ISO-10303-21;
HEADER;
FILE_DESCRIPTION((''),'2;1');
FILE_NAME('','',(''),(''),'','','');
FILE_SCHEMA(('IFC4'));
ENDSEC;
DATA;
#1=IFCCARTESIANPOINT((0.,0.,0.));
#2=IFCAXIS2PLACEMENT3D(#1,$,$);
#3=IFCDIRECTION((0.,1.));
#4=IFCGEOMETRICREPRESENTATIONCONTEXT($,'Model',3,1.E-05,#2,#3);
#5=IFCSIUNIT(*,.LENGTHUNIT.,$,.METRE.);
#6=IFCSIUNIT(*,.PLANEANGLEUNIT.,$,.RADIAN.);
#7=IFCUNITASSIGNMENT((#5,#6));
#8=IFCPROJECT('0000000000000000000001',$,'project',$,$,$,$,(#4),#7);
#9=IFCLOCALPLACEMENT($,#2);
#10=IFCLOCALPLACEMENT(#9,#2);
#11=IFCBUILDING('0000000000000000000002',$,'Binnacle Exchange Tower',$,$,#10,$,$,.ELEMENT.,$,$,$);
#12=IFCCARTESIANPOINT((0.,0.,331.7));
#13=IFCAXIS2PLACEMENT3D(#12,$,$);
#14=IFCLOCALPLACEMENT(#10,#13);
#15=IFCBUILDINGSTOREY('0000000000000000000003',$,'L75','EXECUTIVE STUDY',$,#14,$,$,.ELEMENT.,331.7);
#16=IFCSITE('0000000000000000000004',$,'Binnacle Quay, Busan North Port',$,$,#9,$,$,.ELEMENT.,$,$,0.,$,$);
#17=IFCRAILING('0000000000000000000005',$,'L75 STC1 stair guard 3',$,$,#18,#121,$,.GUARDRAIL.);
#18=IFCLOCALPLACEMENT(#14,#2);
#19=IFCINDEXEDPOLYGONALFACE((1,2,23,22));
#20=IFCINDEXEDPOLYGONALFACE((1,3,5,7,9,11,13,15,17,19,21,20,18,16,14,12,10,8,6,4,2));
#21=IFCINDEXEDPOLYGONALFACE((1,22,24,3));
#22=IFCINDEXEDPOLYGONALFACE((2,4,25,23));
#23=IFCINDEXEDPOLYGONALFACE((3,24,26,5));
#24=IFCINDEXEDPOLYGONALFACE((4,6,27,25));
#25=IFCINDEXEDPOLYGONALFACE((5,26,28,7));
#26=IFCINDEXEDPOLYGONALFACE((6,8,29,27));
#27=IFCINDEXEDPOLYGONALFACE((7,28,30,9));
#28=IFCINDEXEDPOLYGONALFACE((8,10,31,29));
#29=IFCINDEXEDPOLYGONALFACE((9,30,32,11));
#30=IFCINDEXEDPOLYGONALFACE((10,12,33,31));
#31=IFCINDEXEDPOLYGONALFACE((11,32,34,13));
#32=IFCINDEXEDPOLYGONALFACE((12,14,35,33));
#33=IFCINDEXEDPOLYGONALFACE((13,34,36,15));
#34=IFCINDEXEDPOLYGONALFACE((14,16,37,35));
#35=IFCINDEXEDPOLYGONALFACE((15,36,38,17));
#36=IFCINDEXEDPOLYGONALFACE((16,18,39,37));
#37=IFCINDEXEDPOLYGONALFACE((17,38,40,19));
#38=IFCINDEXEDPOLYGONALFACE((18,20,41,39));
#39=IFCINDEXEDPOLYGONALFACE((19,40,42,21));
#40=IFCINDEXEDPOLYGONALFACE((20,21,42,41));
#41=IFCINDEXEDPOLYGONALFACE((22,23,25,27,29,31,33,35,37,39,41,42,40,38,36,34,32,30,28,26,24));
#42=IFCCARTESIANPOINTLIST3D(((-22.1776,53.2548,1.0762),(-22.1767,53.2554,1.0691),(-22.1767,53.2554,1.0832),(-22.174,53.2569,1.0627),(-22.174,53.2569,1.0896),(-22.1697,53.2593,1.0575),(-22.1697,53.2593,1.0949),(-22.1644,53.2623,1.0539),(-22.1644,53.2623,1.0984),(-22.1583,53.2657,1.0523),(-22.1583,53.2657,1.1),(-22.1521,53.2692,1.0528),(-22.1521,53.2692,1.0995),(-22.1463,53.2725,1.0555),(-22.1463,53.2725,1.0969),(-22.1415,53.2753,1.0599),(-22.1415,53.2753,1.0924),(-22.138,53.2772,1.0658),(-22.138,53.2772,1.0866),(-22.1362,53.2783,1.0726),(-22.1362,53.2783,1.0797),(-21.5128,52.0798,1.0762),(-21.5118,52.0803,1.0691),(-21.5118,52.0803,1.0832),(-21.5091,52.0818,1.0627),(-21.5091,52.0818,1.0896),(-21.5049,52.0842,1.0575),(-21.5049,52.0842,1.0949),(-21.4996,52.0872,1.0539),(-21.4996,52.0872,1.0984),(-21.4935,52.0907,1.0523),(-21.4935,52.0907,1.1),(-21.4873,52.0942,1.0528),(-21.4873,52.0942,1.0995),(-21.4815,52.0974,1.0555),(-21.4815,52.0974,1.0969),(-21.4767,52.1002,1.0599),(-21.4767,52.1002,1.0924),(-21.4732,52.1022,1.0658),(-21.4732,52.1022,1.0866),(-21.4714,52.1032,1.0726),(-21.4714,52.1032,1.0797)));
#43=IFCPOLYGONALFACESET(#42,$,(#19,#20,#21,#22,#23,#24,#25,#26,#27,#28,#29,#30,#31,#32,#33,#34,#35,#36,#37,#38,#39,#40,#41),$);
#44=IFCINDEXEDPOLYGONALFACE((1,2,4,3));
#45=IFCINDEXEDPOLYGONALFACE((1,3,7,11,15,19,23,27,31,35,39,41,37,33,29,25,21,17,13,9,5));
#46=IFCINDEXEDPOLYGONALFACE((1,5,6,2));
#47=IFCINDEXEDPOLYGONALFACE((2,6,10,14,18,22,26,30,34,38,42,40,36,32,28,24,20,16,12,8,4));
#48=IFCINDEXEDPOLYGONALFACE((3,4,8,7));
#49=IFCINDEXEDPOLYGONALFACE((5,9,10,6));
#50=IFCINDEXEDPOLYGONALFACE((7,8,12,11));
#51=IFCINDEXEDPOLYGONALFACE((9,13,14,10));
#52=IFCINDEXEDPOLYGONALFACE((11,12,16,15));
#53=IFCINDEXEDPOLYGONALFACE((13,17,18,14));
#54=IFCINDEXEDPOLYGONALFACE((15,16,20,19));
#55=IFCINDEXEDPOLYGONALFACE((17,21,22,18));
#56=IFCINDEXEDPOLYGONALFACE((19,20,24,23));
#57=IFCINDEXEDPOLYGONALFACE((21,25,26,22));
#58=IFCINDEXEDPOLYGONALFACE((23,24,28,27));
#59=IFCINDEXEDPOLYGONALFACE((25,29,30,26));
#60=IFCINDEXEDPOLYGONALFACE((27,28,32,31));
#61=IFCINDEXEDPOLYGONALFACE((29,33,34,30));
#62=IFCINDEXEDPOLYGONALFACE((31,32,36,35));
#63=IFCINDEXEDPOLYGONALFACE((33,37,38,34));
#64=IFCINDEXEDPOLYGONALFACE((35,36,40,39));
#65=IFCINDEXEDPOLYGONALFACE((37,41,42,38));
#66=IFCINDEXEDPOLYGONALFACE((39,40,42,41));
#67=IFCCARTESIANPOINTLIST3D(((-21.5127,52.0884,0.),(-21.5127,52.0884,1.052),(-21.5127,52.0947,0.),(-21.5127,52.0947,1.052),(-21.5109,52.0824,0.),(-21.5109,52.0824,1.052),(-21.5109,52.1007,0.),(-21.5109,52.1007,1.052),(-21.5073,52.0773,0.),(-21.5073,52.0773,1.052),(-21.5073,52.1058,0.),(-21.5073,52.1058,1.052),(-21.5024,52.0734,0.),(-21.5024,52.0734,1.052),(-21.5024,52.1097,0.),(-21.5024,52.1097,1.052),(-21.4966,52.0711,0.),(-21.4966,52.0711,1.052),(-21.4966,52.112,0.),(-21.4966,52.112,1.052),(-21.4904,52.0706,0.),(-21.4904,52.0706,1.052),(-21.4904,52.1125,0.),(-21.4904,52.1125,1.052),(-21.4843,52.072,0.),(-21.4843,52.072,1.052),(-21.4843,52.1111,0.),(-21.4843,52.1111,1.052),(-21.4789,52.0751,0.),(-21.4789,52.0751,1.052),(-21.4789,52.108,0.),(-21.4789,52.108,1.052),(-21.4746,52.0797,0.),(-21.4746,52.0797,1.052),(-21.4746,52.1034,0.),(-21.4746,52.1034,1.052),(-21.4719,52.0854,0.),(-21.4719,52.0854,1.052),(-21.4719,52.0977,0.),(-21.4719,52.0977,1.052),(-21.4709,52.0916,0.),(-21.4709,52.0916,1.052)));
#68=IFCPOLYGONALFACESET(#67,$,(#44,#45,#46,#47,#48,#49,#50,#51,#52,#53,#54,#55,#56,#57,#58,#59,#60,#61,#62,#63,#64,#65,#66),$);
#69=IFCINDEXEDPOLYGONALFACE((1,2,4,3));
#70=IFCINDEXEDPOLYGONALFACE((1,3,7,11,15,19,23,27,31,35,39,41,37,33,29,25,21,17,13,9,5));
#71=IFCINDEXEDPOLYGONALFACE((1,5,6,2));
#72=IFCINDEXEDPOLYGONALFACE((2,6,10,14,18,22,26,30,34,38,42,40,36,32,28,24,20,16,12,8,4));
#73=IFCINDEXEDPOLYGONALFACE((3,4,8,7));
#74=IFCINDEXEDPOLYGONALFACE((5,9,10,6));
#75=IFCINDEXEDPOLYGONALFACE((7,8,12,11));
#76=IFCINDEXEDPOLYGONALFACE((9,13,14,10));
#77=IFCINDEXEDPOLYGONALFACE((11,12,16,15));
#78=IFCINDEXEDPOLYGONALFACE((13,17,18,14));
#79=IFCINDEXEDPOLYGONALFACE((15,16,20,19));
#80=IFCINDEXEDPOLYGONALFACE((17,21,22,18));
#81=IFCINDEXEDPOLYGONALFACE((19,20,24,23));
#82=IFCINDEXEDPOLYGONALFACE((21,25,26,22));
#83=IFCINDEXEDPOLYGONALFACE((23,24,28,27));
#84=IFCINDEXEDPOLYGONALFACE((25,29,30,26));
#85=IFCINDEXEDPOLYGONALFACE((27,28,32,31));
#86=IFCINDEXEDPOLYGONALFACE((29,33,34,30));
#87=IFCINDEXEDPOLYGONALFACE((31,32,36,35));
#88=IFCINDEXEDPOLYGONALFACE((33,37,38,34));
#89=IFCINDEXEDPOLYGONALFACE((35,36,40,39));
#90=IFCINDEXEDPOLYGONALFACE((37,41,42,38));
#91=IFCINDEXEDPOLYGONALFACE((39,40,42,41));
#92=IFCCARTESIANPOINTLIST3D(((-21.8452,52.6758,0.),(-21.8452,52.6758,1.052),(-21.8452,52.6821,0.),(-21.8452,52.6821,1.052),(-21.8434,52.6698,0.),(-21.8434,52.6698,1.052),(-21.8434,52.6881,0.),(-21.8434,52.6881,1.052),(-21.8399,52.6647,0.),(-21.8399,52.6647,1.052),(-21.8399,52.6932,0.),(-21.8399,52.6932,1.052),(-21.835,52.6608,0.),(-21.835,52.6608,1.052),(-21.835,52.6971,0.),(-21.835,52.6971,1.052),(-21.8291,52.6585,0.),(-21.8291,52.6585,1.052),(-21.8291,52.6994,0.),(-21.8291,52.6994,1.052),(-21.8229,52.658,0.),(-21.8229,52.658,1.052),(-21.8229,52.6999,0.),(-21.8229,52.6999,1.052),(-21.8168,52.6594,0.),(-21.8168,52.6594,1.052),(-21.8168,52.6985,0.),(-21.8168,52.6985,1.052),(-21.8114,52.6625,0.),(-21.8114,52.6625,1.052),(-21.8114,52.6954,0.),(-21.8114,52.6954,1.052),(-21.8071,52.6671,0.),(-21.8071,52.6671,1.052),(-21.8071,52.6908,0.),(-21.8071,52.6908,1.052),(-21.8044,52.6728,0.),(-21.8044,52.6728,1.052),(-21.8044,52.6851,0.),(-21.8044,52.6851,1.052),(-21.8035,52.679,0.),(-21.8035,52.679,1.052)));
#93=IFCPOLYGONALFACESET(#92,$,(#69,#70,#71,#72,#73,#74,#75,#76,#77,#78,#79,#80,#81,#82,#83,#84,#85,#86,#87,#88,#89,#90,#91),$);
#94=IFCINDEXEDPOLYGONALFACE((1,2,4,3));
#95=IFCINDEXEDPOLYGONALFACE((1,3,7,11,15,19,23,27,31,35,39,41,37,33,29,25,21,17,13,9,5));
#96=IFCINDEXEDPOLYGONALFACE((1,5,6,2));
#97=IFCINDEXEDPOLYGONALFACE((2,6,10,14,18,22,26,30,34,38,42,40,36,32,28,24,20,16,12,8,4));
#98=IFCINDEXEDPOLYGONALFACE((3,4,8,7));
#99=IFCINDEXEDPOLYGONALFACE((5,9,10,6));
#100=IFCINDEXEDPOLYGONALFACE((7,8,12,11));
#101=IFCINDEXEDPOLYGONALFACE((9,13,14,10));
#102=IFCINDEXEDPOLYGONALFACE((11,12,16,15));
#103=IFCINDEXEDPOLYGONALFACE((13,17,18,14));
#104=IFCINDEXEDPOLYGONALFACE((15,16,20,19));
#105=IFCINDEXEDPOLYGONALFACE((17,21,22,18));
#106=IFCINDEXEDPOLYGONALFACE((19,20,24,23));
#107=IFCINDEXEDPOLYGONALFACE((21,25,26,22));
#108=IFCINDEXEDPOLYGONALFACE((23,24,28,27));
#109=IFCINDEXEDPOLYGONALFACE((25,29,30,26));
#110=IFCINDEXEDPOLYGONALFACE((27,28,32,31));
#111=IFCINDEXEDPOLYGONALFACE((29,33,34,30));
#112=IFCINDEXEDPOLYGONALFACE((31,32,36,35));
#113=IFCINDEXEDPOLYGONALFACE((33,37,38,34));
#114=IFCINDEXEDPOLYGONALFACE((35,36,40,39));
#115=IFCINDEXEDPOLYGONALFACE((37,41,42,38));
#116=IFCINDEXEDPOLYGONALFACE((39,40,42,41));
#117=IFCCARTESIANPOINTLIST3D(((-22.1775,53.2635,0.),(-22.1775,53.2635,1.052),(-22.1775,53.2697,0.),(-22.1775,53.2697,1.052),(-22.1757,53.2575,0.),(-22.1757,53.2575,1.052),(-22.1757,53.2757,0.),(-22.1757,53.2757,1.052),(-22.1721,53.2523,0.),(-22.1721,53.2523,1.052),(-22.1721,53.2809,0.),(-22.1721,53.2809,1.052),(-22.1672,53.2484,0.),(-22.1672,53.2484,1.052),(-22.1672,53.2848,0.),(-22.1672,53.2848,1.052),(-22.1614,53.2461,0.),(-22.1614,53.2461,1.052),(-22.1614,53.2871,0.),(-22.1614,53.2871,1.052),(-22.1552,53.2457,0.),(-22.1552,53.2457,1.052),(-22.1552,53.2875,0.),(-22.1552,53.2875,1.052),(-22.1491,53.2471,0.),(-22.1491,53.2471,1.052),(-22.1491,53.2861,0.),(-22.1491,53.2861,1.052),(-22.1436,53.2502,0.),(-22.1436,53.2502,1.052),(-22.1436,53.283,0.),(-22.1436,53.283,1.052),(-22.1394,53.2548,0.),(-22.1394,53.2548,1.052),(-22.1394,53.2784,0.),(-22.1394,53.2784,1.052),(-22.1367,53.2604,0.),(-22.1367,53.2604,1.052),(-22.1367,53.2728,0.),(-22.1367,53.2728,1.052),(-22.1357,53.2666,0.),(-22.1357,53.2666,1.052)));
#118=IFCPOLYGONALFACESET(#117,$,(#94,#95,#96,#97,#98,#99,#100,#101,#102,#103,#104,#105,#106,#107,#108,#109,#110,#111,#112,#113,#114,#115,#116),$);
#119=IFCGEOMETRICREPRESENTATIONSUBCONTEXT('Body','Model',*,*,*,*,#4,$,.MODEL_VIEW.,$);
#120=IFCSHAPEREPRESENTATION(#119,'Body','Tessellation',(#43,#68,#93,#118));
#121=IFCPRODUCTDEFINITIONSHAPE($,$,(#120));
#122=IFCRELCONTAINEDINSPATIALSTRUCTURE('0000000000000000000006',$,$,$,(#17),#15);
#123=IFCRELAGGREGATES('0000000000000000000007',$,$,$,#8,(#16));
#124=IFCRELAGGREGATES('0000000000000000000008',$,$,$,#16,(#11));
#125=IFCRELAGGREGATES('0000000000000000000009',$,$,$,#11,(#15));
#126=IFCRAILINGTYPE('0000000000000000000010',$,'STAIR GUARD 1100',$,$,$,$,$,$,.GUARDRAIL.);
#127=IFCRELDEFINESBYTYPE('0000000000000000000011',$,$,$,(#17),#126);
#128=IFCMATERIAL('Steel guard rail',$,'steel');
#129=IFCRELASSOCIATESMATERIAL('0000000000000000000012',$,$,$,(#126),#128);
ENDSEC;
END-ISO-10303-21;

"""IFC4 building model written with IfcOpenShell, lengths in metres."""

from ifc_helpers import new_model, si_unit, direction, frame, origin, origin_2d, place, context, subcontext, project, spatial, circle, extrude, material, type_object, element, save


model = new_model("IFC4")

# Units and contexts
model_context = context("Model", 3, precision=1e-05, world=origin(), true_north=direction((0.0, 1.0)))
body_context = subcontext(model_context, "Body", "Model", "MODEL_VIEW")
ifc_project = project(units=[si_unit("LENGTHUNIT", "METRE"), si_unit("PLANEANGLEUNIT", "RADIAN")], contexts=[model_context])

# Site, building, storey
site_placement = place(None, origin())
site = spatial("IfcSite", under=ifc_project, at=site_placement, Name="Binnacle Quay, Busan North Port", CompositionType="ELEMENT", RefElevation=0.0)
building_placement = place(site_placement, origin())
building = spatial("IfcBuilding", under=site, at=building_placement, Name="Binnacle Exchange Tower", CompositionType="ELEMENT")
storey_placement = place(building_placement, frame((0.0, 0.0, 331.7)))
storey = spatial("IfcBuildingStorey", under=building, at=storey_placement, Name="L75", Description="EXECUTIVE STUDY", CompositionType="ELEMENT", Elevation=331.7)

# Railing
ifc_material_1 = material(Name="Steel guard rail", Category="steel")
railing_type_1 = type_object("IfcRailingType", Name="STAIR GUARD 1100", PredefinedType="GUARDRAIL", material=ifc_material_1)
railing_1_placement = place(storey_placement, frame((-21.4919, 52.0916, 0.0)))
element("IfcRailing", 1, at=railing_1_placement, inside=storey, type_object=railing_type_1, Name="L75 STC1 stair guard 3", PredefinedType="GUARDRAIL", context=body_context, shape_type="SweptSolid", body=[
    extrude(circle(Radius=0.0239, at=origin_2d()), frame((0.0, 0.0, 1.0762), z_axis=(-0.492415, 0.870361, 0.0), x_axis=(-0.870361, -0.492415, 0.0)), (0.0, 0.0, 1.0), 1.3501),
    extrude(circle(Radius=0.021, at=origin_2d()), origin(), (0.0, 0.0, 1.0), 1.052),
    extrude(circle(Radius=0.021, at=origin_2d()), frame((-0.3325, 0.5874, 0.0)), (0.0, 0.0, 1.0), 1.052),
    extrude(circle(Radius=0.021, at=origin_2d()), frame((-0.6648, 1.175, 0.0)), (0.0, 0.0, 1.0), 1.052),
])

save(model, "model.ifc")
